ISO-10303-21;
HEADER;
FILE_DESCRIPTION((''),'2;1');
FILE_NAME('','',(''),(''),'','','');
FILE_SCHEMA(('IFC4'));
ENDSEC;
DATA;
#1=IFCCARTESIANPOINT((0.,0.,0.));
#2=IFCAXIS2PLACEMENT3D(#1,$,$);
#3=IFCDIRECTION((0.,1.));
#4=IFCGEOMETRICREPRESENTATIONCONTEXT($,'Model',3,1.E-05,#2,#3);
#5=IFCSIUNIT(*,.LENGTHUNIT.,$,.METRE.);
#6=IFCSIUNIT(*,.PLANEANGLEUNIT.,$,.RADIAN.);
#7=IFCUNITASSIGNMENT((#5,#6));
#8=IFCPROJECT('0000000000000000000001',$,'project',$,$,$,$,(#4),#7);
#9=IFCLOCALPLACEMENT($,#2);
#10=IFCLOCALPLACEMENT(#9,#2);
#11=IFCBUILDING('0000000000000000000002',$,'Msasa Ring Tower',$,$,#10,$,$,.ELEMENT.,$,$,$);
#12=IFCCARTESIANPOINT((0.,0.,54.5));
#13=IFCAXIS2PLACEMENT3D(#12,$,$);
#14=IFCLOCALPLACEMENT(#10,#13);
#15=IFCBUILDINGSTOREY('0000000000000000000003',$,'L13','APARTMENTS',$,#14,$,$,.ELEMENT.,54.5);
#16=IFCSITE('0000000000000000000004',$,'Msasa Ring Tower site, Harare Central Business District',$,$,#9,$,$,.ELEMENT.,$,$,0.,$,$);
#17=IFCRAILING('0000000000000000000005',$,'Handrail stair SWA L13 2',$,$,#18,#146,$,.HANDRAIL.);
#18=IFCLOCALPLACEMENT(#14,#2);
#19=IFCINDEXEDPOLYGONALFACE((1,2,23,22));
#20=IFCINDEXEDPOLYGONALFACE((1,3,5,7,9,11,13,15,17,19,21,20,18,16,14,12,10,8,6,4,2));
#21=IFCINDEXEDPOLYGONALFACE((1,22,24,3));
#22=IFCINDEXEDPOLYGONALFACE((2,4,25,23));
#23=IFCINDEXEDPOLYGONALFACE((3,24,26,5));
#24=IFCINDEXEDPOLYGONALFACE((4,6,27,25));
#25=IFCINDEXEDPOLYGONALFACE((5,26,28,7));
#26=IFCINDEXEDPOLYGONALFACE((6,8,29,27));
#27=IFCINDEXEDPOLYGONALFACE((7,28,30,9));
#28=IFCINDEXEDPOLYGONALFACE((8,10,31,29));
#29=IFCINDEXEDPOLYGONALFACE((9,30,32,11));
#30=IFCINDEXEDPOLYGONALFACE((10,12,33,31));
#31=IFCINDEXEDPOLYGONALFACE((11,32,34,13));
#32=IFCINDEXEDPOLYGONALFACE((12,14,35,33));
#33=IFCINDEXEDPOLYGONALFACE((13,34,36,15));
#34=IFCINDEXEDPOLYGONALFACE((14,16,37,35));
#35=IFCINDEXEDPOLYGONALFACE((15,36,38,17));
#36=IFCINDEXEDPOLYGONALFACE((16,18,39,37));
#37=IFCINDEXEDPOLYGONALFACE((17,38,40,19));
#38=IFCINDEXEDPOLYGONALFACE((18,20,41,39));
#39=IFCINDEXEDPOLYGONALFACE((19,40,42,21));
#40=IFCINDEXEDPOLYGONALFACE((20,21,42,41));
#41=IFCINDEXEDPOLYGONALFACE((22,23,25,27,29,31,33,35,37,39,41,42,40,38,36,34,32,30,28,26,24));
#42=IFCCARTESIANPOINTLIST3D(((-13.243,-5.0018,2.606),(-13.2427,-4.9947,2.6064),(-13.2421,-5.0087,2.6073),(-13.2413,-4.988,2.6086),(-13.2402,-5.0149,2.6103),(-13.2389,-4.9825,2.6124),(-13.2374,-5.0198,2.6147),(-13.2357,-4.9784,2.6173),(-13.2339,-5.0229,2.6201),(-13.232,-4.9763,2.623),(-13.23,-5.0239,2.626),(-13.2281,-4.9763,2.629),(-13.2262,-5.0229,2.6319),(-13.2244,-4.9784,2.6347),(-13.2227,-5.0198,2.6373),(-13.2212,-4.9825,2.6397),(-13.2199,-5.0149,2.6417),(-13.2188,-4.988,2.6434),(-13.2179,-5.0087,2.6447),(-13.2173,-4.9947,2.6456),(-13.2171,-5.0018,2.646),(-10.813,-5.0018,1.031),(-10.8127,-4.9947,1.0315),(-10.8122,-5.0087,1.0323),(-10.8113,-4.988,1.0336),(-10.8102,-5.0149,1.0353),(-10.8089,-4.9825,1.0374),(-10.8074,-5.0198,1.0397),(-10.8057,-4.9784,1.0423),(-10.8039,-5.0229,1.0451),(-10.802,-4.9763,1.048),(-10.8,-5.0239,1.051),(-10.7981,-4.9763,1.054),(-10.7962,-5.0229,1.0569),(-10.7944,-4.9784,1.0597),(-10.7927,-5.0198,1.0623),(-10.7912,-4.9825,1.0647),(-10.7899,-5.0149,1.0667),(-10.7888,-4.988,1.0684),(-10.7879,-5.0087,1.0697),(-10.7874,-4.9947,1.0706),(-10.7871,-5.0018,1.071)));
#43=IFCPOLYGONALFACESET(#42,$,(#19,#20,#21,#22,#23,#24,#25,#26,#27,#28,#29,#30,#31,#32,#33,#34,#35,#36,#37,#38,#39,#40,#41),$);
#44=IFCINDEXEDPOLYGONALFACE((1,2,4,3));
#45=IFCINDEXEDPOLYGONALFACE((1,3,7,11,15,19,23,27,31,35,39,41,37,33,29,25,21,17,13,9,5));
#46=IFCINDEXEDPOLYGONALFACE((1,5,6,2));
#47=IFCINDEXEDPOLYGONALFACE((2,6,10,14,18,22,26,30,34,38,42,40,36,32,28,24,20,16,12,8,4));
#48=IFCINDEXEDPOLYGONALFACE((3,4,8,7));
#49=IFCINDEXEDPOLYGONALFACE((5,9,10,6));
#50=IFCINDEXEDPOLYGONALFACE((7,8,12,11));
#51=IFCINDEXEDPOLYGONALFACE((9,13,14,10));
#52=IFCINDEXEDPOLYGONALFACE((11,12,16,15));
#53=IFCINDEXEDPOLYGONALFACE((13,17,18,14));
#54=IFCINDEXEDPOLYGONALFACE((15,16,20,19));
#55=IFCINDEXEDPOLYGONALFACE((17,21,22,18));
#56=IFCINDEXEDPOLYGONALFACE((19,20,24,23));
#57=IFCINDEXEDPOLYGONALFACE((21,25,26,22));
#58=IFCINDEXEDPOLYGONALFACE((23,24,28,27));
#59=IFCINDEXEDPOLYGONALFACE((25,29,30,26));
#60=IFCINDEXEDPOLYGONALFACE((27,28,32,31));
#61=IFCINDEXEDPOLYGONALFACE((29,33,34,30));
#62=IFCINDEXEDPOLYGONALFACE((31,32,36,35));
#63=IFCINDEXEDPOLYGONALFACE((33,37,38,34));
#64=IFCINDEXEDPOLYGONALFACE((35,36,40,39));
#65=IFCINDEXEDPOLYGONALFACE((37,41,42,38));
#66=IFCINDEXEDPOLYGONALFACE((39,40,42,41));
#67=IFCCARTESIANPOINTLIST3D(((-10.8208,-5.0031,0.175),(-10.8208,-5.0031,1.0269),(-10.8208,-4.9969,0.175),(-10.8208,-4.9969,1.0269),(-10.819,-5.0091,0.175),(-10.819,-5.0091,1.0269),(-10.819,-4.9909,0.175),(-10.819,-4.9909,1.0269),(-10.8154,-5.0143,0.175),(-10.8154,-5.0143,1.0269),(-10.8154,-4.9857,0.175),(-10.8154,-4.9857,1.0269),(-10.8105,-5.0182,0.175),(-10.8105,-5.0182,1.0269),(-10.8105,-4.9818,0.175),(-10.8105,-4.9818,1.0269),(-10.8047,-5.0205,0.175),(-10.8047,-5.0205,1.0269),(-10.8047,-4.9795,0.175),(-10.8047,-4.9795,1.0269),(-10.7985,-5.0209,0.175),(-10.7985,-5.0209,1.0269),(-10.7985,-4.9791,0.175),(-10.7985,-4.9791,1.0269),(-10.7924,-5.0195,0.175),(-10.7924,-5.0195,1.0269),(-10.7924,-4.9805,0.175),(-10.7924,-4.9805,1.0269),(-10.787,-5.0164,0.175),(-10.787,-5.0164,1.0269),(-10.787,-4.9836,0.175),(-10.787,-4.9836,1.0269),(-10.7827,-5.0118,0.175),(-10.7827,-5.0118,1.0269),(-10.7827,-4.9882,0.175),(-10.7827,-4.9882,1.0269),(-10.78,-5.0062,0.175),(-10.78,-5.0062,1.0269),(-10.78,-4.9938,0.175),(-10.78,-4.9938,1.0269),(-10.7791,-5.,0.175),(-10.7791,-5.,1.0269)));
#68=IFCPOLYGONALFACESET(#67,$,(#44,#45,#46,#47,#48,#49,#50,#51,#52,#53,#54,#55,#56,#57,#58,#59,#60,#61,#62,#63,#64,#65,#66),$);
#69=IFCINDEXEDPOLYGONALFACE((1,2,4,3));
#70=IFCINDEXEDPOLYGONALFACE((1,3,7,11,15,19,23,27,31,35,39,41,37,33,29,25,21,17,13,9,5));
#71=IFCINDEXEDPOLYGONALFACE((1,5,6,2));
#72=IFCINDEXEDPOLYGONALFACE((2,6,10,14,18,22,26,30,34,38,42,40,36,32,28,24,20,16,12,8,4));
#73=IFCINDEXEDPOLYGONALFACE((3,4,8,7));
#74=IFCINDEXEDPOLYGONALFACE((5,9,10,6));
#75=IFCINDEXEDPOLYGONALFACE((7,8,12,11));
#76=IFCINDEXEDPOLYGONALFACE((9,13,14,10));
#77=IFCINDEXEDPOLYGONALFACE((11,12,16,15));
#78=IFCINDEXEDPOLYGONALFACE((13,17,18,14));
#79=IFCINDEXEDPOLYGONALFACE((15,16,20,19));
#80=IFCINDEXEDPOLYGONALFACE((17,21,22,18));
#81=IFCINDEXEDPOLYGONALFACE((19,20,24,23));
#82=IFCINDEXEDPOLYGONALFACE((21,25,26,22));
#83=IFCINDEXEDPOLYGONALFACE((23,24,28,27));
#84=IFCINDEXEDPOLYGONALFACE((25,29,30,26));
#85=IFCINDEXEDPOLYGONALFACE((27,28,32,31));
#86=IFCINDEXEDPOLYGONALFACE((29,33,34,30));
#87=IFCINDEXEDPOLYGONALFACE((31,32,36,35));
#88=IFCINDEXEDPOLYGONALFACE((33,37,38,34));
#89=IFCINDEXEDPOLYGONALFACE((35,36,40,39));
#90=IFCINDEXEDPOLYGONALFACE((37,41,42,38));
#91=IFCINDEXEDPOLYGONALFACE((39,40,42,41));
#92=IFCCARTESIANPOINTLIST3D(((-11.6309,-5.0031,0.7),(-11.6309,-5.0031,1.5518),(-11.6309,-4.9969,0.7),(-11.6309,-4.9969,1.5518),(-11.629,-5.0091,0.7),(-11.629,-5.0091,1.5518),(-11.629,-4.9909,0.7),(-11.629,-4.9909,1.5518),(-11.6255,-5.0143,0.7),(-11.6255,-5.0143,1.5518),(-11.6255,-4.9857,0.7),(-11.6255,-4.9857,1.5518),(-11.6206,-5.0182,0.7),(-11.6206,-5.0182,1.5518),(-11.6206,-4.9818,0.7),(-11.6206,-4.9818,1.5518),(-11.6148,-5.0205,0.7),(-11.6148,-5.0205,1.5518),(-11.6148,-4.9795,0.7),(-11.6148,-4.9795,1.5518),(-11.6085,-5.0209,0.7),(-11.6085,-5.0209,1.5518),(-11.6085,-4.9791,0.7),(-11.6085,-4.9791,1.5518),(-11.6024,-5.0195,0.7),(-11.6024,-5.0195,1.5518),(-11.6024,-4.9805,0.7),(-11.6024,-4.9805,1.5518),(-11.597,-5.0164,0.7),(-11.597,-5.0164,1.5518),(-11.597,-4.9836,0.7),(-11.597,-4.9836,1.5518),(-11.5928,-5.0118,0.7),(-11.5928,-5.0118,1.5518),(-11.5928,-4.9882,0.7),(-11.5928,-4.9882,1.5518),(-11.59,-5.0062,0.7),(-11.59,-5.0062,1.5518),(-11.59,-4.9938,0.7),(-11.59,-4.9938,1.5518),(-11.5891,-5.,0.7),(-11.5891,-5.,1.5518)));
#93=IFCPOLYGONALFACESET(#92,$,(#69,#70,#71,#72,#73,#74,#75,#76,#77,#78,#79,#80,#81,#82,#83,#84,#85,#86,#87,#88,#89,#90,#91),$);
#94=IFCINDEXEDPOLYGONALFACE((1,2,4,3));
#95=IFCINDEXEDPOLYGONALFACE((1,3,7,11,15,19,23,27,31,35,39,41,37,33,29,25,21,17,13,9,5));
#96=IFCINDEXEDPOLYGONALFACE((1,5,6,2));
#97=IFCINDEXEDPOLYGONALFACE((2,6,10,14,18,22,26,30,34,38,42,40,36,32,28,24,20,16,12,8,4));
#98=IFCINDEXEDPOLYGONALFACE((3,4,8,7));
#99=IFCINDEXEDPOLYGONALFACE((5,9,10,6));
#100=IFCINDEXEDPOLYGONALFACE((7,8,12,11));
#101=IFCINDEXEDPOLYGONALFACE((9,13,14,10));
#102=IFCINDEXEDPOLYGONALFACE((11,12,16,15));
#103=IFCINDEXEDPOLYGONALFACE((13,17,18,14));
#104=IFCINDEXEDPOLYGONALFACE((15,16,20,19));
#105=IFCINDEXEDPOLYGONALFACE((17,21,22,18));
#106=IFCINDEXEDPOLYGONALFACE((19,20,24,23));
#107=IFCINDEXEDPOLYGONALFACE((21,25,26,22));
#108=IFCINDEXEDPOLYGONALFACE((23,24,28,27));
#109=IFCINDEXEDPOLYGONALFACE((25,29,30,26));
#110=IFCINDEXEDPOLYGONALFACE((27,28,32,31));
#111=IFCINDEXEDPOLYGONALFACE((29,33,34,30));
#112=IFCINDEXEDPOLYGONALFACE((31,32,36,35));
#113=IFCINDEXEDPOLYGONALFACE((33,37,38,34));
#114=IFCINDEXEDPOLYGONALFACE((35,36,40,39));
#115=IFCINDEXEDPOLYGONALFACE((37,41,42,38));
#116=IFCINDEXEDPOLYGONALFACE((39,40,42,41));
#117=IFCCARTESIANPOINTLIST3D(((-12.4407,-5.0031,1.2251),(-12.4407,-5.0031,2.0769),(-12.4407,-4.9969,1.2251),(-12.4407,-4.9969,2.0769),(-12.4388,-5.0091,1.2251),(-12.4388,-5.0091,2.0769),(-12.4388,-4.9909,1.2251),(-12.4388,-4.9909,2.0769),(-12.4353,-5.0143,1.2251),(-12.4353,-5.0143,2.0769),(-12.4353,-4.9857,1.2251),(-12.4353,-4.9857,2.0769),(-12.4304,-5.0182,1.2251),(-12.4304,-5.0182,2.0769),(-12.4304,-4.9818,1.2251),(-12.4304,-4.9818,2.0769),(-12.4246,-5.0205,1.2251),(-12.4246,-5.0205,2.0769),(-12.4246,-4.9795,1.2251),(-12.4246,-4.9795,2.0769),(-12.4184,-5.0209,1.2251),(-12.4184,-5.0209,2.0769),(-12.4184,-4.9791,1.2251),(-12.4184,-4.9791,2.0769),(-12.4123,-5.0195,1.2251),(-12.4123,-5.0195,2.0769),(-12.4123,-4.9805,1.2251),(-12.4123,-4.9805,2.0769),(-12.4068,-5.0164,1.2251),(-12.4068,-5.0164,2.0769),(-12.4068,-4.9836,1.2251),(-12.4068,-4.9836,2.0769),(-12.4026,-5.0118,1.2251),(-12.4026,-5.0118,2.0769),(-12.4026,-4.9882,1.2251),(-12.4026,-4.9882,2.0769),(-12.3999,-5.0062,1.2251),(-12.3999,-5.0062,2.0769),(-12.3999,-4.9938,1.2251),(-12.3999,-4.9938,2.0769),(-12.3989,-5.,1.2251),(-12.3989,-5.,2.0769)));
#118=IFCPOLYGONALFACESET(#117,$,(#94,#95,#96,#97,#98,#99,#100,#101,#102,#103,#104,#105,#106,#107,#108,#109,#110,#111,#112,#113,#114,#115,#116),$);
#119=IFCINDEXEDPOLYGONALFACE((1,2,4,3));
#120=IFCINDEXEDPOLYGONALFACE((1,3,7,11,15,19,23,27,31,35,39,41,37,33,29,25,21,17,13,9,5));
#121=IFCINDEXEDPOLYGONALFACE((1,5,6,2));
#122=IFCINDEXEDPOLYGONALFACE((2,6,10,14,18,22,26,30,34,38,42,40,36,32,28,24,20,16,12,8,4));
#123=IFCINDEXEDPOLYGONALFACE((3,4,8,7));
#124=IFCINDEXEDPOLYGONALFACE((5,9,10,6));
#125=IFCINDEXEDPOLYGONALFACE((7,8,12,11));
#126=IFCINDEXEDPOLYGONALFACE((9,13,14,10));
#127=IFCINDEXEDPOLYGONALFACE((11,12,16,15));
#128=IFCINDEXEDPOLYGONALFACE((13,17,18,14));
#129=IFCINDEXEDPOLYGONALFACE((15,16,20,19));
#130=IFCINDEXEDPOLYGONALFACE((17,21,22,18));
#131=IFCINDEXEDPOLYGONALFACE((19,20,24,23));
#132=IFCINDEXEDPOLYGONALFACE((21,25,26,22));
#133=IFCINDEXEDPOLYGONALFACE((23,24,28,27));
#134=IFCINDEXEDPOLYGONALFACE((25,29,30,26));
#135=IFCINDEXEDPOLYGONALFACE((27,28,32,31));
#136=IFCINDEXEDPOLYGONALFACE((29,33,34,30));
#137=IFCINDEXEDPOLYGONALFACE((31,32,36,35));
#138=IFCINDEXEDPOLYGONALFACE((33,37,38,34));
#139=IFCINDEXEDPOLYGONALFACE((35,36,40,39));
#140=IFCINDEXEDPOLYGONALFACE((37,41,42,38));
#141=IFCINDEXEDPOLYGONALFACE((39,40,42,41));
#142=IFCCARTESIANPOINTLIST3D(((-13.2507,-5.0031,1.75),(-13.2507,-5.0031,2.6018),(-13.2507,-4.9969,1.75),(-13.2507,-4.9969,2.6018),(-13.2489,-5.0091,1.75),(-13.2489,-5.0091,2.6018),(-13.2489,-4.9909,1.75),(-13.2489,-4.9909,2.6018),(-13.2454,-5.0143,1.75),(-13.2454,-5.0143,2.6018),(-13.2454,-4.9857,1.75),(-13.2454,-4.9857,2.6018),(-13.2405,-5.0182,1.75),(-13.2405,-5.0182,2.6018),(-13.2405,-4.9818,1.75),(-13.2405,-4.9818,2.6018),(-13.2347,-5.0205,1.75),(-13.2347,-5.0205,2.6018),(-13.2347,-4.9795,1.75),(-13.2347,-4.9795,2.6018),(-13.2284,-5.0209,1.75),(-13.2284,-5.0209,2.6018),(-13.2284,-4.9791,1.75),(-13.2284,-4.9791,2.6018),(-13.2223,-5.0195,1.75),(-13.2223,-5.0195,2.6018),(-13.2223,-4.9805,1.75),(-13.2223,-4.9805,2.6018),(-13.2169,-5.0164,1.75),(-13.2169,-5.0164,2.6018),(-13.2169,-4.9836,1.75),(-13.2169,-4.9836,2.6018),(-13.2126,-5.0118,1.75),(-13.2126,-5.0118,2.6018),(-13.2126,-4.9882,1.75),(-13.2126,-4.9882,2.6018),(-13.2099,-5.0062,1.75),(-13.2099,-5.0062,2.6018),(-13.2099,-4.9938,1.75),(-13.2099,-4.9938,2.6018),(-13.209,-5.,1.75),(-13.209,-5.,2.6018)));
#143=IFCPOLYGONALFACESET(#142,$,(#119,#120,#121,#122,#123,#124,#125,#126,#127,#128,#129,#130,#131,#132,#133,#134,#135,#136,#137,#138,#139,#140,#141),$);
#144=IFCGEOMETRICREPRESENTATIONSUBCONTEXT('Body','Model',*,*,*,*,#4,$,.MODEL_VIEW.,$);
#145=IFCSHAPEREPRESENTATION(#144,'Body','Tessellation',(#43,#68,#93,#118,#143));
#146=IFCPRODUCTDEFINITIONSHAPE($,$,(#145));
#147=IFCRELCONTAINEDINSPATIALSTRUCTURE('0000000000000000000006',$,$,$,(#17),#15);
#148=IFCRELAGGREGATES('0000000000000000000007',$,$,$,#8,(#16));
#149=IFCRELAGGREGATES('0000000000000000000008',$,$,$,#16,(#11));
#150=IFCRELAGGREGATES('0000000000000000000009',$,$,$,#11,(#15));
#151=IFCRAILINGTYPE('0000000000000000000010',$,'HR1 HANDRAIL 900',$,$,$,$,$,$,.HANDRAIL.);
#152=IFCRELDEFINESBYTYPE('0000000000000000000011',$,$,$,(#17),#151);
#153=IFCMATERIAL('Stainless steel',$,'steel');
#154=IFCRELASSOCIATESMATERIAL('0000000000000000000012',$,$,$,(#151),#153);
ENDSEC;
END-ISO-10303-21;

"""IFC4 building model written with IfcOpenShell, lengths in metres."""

from ifc_helpers import new_model, si_unit, direction, frame, origin, origin_2d, place, context, subcontext, project, spatial, circle, extrude, material, type_object, element, save


model = new_model("IFC4")

# Units and contexts
model_context = context("Model", 3, precision=1e-05, world=origin(), true_north=direction((0.0, 1.0)))
body_context = subcontext(model_context, "Body", "Model", "MODEL_VIEW")
ifc_project = project(units=[si_unit("LENGTHUNIT", "METRE"), si_unit("PLANEANGLEUNIT", "RADIAN")], contexts=[model_context])

# Site, building, storey
site_placement = place(None, origin())
site = spatial("IfcSite", under=ifc_project, at=site_placement, Name="Msasa Ring Tower site, Harare Central Business District", CompositionType="ELEMENT", RefElevation=0.0)
building_placement = place(site_placement, origin())
building = spatial("IfcBuilding", under=site, at=building_placement, Name="Msasa Ring Tower", CompositionType="ELEMENT")
storey_placement = place(building_placement, frame((0.0, 0.0, 54.5)))
storey = spatial("IfcBuildingStorey", under=building, at=storey_placement, Name="L13", Description="APARTMENTS", CompositionType="ELEMENT", Elevation=54.5)

# Railing
ifc_material_1 = material(Name="Stainless steel", Category="steel")
railing_type = type_object("IfcRailingType", Name="HR1 HANDRAIL 900", PredefinedType="HANDRAIL", material=ifc_material_1)
for number, where, name in (
    (1, (-10.8, -5.0, 0.175), "Handrail stair SWA L13 2"),
):
    element("IfcRailing", number, at=place(storey_placement, frame(where)), inside=storey, type_object=railing_type, Name=name, PredefinedType="HANDRAIL", context=body_context, shape_type="SweptSolid", body=[
        extrude(circle(Radius=0.0239, at=origin_2d()), frame((0.0, 0.0, 0.876), z_axis=(-0.839154, 0.0, 0.543894), x_axis=(0.0, -1.0, 0.0)), (0.0, 0.0, 1.0), 2.8958),
        extrude(circle(Radius=0.021, at=origin_2d()), origin(), (0.0, 0.0, 1.0), 0.8518),
        extrude(circle(Radius=0.021, at=origin_2d()), frame((-0.8101, 0.0, 0.5249)), (0.0, 0.0, 1.0), 0.8518),
        extrude(circle(Radius=0.021, at=origin_2d()), frame((-1.6199, 0.0, 1.05)), (0.0, 0.0, 1.0), 0.8518),
        extrude(circle(Radius=0.021, at=origin_2d()), frame((-2.4299, 0.0, 1.575)), (0.0, 0.0, 1.0), 0.8518),
    ])

save(model, "model.ifc")
